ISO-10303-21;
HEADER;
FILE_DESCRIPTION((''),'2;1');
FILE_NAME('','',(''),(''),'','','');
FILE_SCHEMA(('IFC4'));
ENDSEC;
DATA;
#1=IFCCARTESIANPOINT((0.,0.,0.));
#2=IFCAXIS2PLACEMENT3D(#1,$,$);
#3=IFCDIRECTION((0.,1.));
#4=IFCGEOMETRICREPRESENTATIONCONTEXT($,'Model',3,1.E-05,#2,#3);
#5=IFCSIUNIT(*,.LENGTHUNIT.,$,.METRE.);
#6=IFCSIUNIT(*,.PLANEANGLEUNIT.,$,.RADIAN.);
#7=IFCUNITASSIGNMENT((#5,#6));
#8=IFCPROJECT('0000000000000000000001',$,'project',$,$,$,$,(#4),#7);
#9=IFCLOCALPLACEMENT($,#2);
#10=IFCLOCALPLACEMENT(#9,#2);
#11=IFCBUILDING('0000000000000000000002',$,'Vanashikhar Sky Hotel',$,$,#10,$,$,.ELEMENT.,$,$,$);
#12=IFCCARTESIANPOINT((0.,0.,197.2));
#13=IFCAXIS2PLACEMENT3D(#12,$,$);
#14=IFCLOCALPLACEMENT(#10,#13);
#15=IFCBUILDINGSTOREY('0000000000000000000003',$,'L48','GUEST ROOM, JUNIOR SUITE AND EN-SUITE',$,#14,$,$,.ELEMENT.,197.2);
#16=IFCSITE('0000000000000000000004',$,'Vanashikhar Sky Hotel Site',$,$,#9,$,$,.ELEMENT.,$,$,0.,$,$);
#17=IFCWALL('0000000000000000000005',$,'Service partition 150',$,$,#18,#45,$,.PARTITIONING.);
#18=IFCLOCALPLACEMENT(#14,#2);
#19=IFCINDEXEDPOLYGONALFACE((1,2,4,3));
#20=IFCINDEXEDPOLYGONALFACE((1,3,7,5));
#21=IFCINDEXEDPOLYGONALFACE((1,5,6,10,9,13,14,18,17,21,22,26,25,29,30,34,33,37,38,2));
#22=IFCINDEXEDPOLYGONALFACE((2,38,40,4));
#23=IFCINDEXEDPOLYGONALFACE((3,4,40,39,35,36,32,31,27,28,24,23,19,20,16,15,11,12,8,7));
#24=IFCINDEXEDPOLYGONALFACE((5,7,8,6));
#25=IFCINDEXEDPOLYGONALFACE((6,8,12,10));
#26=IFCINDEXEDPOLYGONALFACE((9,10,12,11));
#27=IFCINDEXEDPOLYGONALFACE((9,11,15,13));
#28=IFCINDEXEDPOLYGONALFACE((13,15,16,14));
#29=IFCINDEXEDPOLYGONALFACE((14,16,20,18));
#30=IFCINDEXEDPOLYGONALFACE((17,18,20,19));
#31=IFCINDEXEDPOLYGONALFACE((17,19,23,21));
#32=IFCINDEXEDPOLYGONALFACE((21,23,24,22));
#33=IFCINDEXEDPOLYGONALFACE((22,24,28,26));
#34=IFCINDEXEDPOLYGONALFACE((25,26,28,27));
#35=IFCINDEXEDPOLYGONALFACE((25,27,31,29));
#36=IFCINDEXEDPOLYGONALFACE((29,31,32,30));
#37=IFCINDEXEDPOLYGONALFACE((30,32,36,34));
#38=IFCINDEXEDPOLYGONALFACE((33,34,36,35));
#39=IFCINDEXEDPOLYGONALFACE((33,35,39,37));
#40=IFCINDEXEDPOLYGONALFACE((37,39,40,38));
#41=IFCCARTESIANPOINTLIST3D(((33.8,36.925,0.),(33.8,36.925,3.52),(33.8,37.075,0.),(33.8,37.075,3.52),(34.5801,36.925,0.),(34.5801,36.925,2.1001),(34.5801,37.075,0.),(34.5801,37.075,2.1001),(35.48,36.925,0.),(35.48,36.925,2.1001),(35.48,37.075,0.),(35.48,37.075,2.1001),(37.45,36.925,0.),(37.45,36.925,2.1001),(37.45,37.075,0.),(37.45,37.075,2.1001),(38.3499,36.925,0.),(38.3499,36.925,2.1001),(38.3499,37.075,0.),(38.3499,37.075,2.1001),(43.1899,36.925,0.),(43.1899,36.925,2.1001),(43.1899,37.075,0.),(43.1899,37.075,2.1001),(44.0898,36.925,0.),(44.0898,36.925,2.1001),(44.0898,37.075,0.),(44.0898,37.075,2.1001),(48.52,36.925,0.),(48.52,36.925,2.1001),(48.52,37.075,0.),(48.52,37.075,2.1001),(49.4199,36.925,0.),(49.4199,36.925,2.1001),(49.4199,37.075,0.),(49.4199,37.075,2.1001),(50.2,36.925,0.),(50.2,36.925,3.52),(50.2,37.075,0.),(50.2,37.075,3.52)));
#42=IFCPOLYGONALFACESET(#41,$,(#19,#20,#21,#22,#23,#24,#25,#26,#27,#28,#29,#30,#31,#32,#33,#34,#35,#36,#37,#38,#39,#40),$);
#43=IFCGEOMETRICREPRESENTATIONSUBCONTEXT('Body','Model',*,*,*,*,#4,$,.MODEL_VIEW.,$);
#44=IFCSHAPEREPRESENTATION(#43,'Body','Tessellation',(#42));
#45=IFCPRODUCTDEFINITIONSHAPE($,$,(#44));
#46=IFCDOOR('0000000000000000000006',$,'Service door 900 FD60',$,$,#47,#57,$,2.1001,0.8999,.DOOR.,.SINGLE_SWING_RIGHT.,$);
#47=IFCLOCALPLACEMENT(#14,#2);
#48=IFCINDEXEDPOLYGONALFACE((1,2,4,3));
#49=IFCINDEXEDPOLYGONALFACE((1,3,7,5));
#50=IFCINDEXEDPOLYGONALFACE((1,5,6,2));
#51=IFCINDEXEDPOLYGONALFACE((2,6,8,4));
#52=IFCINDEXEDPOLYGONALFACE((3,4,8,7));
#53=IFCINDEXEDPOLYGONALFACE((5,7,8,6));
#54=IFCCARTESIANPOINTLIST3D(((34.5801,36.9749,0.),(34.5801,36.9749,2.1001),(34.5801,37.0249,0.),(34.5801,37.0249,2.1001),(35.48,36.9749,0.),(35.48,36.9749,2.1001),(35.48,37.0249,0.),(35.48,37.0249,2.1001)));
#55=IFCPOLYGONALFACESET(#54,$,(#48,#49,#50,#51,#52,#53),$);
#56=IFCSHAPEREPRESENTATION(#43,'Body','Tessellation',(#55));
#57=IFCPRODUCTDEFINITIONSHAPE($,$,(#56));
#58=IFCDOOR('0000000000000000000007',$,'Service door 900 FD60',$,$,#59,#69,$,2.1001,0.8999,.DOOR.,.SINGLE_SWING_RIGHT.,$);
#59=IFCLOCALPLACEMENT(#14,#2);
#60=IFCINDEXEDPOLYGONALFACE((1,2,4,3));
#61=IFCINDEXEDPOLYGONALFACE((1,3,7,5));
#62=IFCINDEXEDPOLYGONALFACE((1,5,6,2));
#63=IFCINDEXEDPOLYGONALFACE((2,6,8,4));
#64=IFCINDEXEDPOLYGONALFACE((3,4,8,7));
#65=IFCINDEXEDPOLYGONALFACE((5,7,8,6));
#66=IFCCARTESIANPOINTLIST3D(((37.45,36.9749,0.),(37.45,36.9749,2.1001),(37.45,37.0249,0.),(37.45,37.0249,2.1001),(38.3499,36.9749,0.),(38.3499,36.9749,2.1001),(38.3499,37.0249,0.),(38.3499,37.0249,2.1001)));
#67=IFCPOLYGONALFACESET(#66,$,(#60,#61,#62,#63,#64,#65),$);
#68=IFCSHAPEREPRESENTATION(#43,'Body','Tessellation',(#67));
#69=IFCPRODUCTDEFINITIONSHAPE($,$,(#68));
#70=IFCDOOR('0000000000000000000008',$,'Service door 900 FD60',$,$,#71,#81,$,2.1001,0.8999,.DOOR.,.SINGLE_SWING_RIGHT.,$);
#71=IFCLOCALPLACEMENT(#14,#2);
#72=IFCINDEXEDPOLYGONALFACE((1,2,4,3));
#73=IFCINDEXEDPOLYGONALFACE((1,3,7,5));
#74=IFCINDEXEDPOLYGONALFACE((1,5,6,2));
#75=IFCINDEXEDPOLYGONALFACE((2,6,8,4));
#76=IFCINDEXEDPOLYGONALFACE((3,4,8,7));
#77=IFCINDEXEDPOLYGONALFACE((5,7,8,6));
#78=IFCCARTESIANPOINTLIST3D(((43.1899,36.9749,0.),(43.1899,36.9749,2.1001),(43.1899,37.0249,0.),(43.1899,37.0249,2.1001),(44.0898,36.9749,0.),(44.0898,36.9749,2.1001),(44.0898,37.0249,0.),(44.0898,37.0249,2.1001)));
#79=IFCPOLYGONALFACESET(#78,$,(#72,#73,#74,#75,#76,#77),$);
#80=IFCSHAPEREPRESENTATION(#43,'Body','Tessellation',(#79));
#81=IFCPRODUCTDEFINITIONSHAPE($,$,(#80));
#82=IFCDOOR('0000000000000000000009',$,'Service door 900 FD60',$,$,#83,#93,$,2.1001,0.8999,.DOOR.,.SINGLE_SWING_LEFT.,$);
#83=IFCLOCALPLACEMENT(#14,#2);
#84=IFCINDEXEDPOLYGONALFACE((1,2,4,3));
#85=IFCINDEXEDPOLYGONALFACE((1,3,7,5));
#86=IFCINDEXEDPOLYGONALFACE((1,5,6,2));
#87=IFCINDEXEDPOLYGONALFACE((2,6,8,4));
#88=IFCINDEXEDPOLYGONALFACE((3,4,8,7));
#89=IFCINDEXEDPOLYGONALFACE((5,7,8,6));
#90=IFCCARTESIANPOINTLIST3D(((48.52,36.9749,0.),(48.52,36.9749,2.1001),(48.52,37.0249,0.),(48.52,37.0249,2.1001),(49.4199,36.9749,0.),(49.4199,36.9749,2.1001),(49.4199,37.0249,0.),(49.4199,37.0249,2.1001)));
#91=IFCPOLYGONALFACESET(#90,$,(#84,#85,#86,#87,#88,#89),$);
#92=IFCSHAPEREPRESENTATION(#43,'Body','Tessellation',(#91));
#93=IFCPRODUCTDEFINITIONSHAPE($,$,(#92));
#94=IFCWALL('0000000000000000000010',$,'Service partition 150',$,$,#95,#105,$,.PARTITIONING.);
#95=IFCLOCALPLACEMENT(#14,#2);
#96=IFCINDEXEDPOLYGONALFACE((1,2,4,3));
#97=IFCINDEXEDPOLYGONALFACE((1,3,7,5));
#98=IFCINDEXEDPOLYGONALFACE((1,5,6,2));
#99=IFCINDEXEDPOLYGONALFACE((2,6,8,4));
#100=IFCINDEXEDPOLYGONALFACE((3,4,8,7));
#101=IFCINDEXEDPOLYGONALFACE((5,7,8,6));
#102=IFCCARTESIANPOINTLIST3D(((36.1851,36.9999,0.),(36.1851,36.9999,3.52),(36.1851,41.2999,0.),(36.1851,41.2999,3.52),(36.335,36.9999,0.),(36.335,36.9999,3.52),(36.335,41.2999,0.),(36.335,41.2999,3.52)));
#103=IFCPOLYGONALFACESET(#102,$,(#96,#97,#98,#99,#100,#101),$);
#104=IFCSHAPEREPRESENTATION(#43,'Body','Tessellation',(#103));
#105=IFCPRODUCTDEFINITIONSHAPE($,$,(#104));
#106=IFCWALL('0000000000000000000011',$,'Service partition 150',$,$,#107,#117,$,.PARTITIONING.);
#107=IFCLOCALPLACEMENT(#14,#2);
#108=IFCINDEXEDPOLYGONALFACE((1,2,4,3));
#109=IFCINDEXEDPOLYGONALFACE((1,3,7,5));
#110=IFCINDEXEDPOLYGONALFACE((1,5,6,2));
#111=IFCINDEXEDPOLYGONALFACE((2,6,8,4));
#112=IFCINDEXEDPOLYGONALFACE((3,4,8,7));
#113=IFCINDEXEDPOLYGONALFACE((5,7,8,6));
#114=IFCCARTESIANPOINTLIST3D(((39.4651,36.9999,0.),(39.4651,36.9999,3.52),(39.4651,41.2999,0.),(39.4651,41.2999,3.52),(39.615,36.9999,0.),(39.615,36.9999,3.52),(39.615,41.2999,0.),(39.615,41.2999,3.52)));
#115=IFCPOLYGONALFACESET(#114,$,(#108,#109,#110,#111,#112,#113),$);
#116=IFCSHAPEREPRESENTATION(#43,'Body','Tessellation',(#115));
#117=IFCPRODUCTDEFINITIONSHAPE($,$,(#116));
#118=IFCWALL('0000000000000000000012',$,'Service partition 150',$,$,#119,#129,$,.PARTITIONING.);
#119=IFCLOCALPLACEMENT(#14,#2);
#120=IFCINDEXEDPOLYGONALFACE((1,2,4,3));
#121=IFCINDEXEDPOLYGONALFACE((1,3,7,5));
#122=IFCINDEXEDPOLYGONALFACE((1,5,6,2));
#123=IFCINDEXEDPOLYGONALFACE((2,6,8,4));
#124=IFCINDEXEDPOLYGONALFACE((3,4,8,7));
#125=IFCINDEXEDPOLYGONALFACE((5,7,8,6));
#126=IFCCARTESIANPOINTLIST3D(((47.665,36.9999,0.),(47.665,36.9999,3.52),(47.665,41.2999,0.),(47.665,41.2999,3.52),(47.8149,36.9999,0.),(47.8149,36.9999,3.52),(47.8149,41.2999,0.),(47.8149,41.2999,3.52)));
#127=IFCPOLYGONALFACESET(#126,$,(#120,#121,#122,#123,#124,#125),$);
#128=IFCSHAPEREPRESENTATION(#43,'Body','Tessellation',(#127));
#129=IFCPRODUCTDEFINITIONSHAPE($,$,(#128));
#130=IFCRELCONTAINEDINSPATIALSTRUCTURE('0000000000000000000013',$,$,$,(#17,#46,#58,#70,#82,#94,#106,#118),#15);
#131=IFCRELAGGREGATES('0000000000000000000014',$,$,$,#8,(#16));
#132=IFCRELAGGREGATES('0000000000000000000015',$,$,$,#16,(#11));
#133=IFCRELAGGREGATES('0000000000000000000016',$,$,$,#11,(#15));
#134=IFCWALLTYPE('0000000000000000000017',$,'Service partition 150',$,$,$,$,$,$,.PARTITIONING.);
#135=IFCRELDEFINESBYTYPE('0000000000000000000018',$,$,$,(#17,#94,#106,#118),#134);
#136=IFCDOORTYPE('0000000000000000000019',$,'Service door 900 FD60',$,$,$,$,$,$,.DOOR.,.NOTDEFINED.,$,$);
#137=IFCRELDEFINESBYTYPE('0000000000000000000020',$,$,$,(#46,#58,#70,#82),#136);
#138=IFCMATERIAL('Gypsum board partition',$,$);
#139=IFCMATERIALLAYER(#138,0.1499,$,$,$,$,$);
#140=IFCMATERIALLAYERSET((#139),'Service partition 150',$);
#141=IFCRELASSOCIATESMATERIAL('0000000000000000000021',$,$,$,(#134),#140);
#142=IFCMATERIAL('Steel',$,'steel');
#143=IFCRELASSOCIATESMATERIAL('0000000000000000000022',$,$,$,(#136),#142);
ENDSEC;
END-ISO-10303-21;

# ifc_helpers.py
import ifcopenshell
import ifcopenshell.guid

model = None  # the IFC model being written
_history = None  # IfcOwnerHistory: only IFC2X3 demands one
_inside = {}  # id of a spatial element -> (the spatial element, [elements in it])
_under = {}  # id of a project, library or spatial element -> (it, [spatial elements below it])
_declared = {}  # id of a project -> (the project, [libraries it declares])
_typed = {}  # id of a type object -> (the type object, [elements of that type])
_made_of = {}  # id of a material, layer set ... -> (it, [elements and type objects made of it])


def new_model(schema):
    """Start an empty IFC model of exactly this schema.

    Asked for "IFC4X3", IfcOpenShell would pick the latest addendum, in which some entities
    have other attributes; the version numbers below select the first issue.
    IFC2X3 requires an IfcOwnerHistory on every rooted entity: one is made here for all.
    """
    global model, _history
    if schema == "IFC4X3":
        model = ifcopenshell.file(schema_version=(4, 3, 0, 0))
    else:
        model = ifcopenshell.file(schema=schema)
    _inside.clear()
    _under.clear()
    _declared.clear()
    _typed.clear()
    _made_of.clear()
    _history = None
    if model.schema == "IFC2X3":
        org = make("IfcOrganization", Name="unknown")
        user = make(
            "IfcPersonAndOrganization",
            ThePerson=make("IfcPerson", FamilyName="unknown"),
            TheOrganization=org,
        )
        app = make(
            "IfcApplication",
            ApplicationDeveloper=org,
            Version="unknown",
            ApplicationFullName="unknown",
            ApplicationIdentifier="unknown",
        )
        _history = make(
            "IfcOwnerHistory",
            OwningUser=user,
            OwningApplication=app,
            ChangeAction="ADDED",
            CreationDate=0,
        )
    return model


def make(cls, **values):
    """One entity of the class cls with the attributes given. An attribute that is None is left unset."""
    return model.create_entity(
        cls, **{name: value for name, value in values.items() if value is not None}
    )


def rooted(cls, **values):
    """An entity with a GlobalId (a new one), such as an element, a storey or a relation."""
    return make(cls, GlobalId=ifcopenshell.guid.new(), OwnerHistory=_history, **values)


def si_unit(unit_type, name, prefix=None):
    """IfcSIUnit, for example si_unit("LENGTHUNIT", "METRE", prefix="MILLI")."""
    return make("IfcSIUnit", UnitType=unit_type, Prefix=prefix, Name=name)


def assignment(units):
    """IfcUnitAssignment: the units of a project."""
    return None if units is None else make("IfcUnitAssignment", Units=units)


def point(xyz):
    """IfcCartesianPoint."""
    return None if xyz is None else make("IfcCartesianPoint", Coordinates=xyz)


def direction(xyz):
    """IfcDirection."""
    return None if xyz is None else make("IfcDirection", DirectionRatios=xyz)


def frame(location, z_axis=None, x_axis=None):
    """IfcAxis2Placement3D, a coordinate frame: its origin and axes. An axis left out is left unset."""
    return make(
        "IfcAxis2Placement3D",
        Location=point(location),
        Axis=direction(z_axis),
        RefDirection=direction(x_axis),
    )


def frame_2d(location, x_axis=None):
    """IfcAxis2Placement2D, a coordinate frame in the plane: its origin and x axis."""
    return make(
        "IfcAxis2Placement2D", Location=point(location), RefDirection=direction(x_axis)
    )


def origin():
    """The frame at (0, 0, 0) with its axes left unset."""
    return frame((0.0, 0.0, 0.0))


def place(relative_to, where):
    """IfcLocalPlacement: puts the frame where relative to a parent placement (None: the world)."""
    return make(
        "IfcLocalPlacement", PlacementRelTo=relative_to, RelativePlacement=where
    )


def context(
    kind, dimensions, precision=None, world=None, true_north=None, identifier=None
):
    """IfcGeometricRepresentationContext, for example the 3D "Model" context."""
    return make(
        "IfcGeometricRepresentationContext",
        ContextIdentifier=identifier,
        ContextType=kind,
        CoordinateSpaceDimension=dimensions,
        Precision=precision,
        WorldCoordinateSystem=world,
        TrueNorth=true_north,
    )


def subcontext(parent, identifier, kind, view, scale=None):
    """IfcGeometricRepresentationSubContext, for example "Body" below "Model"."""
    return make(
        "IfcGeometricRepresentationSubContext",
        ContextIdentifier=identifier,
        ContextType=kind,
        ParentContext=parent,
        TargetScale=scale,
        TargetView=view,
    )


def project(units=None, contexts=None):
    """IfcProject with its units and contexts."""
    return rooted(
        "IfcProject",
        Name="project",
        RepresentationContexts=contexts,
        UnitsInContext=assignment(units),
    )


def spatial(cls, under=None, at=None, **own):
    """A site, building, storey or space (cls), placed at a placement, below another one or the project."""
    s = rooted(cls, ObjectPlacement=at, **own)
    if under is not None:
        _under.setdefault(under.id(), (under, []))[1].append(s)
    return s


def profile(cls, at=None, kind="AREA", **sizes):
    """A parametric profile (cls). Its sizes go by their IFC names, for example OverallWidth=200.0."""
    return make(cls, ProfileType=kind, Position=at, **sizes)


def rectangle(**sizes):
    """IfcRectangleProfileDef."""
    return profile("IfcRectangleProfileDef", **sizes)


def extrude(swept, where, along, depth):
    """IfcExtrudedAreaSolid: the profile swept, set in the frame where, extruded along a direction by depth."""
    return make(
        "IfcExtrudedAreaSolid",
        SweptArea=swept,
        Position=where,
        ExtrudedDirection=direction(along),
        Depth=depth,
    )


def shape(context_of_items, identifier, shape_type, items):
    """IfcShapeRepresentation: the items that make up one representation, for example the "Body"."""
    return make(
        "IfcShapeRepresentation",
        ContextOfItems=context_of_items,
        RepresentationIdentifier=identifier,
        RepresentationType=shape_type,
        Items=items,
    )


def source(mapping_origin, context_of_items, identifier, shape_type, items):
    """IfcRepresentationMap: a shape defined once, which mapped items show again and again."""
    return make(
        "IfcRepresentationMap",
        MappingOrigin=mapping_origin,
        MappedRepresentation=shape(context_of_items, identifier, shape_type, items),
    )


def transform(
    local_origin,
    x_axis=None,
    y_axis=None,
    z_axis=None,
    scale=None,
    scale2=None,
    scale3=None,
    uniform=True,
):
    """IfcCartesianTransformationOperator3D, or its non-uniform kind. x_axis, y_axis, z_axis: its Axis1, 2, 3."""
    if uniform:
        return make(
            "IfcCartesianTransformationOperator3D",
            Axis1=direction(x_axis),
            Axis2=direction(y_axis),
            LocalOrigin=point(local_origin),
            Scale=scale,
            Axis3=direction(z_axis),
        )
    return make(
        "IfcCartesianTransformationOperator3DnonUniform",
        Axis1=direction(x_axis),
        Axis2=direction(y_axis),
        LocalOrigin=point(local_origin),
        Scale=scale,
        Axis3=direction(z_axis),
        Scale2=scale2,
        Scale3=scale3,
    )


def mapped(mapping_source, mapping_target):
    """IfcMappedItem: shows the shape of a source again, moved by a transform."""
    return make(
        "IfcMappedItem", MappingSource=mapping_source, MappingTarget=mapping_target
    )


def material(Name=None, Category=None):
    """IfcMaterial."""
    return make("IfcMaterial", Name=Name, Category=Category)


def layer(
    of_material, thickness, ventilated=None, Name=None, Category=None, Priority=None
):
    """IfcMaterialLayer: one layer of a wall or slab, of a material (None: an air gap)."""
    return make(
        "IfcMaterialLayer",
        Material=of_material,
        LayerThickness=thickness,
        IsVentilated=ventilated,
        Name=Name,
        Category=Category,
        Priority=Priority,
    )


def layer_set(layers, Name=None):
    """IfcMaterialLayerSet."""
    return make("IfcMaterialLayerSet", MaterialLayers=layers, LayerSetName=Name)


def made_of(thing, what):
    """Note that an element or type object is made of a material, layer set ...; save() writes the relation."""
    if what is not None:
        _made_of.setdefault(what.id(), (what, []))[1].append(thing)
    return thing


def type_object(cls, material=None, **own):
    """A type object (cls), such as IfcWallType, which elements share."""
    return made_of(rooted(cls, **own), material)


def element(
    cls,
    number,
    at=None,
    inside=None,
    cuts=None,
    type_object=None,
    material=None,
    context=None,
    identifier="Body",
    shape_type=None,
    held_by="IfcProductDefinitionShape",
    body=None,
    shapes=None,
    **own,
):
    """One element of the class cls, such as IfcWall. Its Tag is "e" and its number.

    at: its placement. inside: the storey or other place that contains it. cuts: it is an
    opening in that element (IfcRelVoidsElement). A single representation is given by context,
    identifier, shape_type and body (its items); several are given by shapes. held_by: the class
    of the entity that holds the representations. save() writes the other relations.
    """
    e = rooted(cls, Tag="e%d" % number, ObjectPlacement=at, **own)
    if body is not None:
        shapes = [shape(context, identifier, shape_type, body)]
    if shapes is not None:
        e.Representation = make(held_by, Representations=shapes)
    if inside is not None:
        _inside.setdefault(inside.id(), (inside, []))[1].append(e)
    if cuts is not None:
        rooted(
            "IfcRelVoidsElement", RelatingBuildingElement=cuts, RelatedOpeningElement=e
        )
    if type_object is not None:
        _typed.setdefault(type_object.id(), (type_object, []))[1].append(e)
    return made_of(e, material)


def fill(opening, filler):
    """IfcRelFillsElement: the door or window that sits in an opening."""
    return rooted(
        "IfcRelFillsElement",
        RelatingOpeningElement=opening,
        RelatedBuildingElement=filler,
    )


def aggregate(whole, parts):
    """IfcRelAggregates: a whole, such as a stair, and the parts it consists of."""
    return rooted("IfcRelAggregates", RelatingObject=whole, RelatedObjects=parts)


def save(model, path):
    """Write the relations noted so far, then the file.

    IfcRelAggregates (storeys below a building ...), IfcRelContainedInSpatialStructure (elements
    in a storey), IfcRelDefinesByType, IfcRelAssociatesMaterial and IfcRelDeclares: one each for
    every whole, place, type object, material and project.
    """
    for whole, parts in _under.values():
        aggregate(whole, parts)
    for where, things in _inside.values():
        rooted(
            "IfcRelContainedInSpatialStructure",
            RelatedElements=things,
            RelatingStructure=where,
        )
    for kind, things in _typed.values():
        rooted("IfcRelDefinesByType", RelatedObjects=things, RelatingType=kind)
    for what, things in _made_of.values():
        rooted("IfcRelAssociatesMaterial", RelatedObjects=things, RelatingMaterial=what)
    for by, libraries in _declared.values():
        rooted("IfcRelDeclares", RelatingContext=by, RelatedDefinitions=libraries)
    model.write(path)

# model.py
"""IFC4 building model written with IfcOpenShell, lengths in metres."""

from ifc_helpers import new_model, si_unit, direction, frame, frame_2d, origin, place, context, subcontext, project, spatial, rectangle, extrude, source, transform, mapped, material, layer, layer_set, type_object, element, fill, save


model = new_model("IFC4")

# Units and contexts
model_context = context("Model", 3, precision=1e-05, world=origin(), true_north=direction((0.0, 1.0)))
body_context = subcontext(model_context, "Body", "Model", "MODEL_VIEW")
ifc_project = project(units=[si_unit("LENGTHUNIT", "METRE"), si_unit("PLANEANGLEUNIT", "RADIAN")], contexts=[model_context])

# Site, building, storey
site_placement = place(None, origin())
site = spatial("IfcSite", under=ifc_project, at=site_placement, Name="Vanashikhar Sky Hotel Site", CompositionType="ELEMENT", RefElevation=0.0)
building_placement = place(site_placement, origin())
building = spatial("IfcBuilding", under=site, at=building_placement, Name="Vanashikhar Sky Hotel", CompositionType="ELEMENT")
storey_placement = place(building_placement, frame((0.0, 0.0, 197.2)))
storey = spatial("IfcBuildingStorey", under=building, at=storey_placement, Name="L48", Description="GUEST ROOM, JUNIOR SUITE AND EN-SUITE", CompositionType="ELEMENT", Elevation=197.2)

# Shared definitions
ifc_material_1 = material(Name="Gypsum board partition")
ifc_layer_1 = layer(ifc_material_1, 0.1499)
ifc_layer_set_1 = layer_set([ifc_layer_1], Name="Service partition 150")
wall_type_1 = type_object("IfcWallType", Name="Service partition 150", PredefinedType="PARTITIONING", material=ifc_layer_set_1)
ifc_material_2 = material(Name="Steel", Category="steel")
door_type_1 = type_object("IfcDoorType", Name="Service door 900 FD60", OperationType="NOTDEFINED", PredefinedType="DOOR", material=ifc_material_2)
shared_shape_1 = source(origin(), body_context, "Body", "SweptSolid", [
    extrude(rectangle(XDim=0.8999, YDim=2.1001, at=frame_2d((0.45, 1.05))), frame((0.0, 0.0249, 0.0), z_axis=(0.0, -1.0, 0.0), x_axis=(1.0, 0.0, 0.0)), (0.0, 0.0, 1.0), 0.05),
])

# Wall, openings, doors
shared_shape_2 = source(origin(), body_context, "Body", "SweptSolid", [
    extrude(rectangle(XDim=16.3999, YDim=0.1499, at=frame_2d((8.2, 0.0))), origin(), (0.0, 0.0, 1.0), 3.52),
])
wall_1_placement = place(storey_placement, frame((33.8, 37.0, 0.0), z_axis=(0.0, 0.0, 1.0), x_axis=(1.0, 0.0, 0.0)))
wall_1 = element("IfcWall", 1, at=wall_1_placement, inside=storey, type_object=wall_type_1, Name="Service partition 150", PredefinedType="PARTITIONING", context=body_context, shape_type="MappedRepresentation", body=[
    mapped(shared_shape_2, transform((0.0, 0.0, 0.0), scale=1.0)),
])
shared_shape_3 = source(origin(), body_context, "Body", "SweptSolid", [
    extrude(rectangle(XDim=0.8999, YDim=2.1001, at=frame_2d((0.45, 1.05))), frame((0.0, 0.085, 0.0), z_axis=(0.0, -1.0, 0.0), x_axis=(1.0, 0.0, 0.0)), (0.0, 0.0, 1.0), 0.1699),
])
opening_1_placement = place(wall_1_placement, frame((0.78, 0.0, 0.0)))
opening_1 = element("IfcOpeningElement", 2, at=opening_1_placement, cuts=wall_1, PredefinedType="OPENING", context=body_context, shape_type="MappedRepresentation", body=[
    mapped(shared_shape_3, transform((0.0, 0.0, 0.0), scale=1.0)),
])
opening_2_placement = place(wall_1_placement, frame((3.6499, 0.0, 0.0)))
opening_2 = element("IfcOpeningElement", 3, at=opening_2_placement, cuts=wall_1, PredefinedType="OPENING", context=body_context, shape_type="MappedRepresentation", body=[
    mapped(shared_shape_3, transform((0.0, 0.0, 0.0), scale=1.0)),
])
opening_3_placement = place(wall_1_placement, frame((9.3899, 0.0, 0.0)))
opening_3 = element("IfcOpeningElement", 4, at=opening_3_placement, cuts=wall_1, PredefinedType="OPENING", context=body_context, shape_type="MappedRepresentation", body=[
    mapped(shared_shape_3, transform((0.0, 0.0, 0.0), scale=1.0)),
])
opening_4_placement = place(wall_1_placement, frame((14.72, 0.0, 0.0)))
opening_4 = element("IfcOpeningElement", 5, at=opening_4_placement, cuts=wall_1, PredefinedType="OPENING", context=body_context, shape_type="MappedRepresentation", body=[
    mapped(shared_shape_3, transform((0.0, 0.0, 0.0), scale=1.0)),
])
door_1_placement = place(opening_1_placement, origin())
door_1 = element("IfcDoor", 6, at=door_1_placement, inside=storey, type_object=door_type_1, Name="Service door 900 FD60", OperationType="SINGLE_SWING_RIGHT", OverallHeight=2.1001, OverallWidth=0.8999, PredefinedType="DOOR", context=body_context, shape_type="MappedRepresentation", body=[
    mapped(shared_shape_1, transform((0.0, 0.0, 0.0), scale=1.0)),
])
fill(opening_1, door_1)
door_2_placement = place(opening_2_placement, origin())
door_2 = element("IfcDoor", 7, at=door_2_placement, inside=storey, type_object=door_type_1, Name="Service door 900 FD60", OperationType="SINGLE_SWING_RIGHT", OverallHeight=2.1001, OverallWidth=0.8999, PredefinedType="DOOR", context=body_context, shape_type="MappedRepresentation", body=[
    mapped(shared_shape_1, transform((0.0, 0.0, 0.0), scale=1.0)),
])
fill(opening_2, door_2)
door_3_placement = place(opening_3_placement, origin())
door_3 = element("IfcDoor", 8, at=door_3_placement, inside=storey, type_object=door_type_1, Name="Service door 900 FD60", OperationType="SINGLE_SWING_RIGHT", OverallHeight=2.1001, OverallWidth=0.8999, PredefinedType="DOOR", context=body_context, shape_type="MappedRepresentation", body=[
    mapped(shared_shape_1, transform((0.0, 0.0, 0.0), scale=1.0)),
])
fill(opening_3, door_3)
door_4_placement = place(opening_4_placement, origin())
door_4 = element("IfcDoor", 9, at=door_4_placement, inside=storey, type_object=door_type_1, Name="Service door 900 FD60", OperationType="SINGLE_SWING_LEFT", OverallHeight=2.1001, OverallWidth=0.8999, PredefinedType="DOOR", context=body_context, shape_type="MappedRepresentation", body=[
    mapped(shared_shape_1, transform((0.0, 0.0, 0.0), scale=1.0)),
])
fill(opening_4, door_4)

# Walls
shared_shape_4 = source(origin(), body_context, "Body", "SweptSolid", [
    extrude(rectangle(XDim=4.3, YDim=0.1499, at=frame_2d((2.1499, 0.0))), origin(), (0.0, 0.0, 1.0), 3.52),
])
for number, where, z_axis, x_axis, name in (
    (10, (36.26, 37.0, 0.0), (0.0, 0.0, 1.0), (0.0, 1.0, 0.0), "Service partition 150"),
    (11, (39.54, 37.0, 0.0), (0.0, 0.0, 1.0), (0.0, 1.0, 0.0), "Service partition 150"),
    (12, (47.74, 37.0, 0.0), (0.0, 0.0, 1.0), (0.0, 1.0, 0.0), "Service partition 150"),
):
    element("IfcWall", number, at=place(storey_placement, frame(where, z_axis=z_axis, x_axis=x_axis)), inside=storey, type_object=wall_type_1, Name=name, PredefinedType="PARTITIONING", context=body_context, shape_type="MappedRepresentation", body=[
        mapped(shared_shape_4, transform((0.0, 0.0, 0.0), scale=1.0)),
    ])

save(model, "model.ifc")
